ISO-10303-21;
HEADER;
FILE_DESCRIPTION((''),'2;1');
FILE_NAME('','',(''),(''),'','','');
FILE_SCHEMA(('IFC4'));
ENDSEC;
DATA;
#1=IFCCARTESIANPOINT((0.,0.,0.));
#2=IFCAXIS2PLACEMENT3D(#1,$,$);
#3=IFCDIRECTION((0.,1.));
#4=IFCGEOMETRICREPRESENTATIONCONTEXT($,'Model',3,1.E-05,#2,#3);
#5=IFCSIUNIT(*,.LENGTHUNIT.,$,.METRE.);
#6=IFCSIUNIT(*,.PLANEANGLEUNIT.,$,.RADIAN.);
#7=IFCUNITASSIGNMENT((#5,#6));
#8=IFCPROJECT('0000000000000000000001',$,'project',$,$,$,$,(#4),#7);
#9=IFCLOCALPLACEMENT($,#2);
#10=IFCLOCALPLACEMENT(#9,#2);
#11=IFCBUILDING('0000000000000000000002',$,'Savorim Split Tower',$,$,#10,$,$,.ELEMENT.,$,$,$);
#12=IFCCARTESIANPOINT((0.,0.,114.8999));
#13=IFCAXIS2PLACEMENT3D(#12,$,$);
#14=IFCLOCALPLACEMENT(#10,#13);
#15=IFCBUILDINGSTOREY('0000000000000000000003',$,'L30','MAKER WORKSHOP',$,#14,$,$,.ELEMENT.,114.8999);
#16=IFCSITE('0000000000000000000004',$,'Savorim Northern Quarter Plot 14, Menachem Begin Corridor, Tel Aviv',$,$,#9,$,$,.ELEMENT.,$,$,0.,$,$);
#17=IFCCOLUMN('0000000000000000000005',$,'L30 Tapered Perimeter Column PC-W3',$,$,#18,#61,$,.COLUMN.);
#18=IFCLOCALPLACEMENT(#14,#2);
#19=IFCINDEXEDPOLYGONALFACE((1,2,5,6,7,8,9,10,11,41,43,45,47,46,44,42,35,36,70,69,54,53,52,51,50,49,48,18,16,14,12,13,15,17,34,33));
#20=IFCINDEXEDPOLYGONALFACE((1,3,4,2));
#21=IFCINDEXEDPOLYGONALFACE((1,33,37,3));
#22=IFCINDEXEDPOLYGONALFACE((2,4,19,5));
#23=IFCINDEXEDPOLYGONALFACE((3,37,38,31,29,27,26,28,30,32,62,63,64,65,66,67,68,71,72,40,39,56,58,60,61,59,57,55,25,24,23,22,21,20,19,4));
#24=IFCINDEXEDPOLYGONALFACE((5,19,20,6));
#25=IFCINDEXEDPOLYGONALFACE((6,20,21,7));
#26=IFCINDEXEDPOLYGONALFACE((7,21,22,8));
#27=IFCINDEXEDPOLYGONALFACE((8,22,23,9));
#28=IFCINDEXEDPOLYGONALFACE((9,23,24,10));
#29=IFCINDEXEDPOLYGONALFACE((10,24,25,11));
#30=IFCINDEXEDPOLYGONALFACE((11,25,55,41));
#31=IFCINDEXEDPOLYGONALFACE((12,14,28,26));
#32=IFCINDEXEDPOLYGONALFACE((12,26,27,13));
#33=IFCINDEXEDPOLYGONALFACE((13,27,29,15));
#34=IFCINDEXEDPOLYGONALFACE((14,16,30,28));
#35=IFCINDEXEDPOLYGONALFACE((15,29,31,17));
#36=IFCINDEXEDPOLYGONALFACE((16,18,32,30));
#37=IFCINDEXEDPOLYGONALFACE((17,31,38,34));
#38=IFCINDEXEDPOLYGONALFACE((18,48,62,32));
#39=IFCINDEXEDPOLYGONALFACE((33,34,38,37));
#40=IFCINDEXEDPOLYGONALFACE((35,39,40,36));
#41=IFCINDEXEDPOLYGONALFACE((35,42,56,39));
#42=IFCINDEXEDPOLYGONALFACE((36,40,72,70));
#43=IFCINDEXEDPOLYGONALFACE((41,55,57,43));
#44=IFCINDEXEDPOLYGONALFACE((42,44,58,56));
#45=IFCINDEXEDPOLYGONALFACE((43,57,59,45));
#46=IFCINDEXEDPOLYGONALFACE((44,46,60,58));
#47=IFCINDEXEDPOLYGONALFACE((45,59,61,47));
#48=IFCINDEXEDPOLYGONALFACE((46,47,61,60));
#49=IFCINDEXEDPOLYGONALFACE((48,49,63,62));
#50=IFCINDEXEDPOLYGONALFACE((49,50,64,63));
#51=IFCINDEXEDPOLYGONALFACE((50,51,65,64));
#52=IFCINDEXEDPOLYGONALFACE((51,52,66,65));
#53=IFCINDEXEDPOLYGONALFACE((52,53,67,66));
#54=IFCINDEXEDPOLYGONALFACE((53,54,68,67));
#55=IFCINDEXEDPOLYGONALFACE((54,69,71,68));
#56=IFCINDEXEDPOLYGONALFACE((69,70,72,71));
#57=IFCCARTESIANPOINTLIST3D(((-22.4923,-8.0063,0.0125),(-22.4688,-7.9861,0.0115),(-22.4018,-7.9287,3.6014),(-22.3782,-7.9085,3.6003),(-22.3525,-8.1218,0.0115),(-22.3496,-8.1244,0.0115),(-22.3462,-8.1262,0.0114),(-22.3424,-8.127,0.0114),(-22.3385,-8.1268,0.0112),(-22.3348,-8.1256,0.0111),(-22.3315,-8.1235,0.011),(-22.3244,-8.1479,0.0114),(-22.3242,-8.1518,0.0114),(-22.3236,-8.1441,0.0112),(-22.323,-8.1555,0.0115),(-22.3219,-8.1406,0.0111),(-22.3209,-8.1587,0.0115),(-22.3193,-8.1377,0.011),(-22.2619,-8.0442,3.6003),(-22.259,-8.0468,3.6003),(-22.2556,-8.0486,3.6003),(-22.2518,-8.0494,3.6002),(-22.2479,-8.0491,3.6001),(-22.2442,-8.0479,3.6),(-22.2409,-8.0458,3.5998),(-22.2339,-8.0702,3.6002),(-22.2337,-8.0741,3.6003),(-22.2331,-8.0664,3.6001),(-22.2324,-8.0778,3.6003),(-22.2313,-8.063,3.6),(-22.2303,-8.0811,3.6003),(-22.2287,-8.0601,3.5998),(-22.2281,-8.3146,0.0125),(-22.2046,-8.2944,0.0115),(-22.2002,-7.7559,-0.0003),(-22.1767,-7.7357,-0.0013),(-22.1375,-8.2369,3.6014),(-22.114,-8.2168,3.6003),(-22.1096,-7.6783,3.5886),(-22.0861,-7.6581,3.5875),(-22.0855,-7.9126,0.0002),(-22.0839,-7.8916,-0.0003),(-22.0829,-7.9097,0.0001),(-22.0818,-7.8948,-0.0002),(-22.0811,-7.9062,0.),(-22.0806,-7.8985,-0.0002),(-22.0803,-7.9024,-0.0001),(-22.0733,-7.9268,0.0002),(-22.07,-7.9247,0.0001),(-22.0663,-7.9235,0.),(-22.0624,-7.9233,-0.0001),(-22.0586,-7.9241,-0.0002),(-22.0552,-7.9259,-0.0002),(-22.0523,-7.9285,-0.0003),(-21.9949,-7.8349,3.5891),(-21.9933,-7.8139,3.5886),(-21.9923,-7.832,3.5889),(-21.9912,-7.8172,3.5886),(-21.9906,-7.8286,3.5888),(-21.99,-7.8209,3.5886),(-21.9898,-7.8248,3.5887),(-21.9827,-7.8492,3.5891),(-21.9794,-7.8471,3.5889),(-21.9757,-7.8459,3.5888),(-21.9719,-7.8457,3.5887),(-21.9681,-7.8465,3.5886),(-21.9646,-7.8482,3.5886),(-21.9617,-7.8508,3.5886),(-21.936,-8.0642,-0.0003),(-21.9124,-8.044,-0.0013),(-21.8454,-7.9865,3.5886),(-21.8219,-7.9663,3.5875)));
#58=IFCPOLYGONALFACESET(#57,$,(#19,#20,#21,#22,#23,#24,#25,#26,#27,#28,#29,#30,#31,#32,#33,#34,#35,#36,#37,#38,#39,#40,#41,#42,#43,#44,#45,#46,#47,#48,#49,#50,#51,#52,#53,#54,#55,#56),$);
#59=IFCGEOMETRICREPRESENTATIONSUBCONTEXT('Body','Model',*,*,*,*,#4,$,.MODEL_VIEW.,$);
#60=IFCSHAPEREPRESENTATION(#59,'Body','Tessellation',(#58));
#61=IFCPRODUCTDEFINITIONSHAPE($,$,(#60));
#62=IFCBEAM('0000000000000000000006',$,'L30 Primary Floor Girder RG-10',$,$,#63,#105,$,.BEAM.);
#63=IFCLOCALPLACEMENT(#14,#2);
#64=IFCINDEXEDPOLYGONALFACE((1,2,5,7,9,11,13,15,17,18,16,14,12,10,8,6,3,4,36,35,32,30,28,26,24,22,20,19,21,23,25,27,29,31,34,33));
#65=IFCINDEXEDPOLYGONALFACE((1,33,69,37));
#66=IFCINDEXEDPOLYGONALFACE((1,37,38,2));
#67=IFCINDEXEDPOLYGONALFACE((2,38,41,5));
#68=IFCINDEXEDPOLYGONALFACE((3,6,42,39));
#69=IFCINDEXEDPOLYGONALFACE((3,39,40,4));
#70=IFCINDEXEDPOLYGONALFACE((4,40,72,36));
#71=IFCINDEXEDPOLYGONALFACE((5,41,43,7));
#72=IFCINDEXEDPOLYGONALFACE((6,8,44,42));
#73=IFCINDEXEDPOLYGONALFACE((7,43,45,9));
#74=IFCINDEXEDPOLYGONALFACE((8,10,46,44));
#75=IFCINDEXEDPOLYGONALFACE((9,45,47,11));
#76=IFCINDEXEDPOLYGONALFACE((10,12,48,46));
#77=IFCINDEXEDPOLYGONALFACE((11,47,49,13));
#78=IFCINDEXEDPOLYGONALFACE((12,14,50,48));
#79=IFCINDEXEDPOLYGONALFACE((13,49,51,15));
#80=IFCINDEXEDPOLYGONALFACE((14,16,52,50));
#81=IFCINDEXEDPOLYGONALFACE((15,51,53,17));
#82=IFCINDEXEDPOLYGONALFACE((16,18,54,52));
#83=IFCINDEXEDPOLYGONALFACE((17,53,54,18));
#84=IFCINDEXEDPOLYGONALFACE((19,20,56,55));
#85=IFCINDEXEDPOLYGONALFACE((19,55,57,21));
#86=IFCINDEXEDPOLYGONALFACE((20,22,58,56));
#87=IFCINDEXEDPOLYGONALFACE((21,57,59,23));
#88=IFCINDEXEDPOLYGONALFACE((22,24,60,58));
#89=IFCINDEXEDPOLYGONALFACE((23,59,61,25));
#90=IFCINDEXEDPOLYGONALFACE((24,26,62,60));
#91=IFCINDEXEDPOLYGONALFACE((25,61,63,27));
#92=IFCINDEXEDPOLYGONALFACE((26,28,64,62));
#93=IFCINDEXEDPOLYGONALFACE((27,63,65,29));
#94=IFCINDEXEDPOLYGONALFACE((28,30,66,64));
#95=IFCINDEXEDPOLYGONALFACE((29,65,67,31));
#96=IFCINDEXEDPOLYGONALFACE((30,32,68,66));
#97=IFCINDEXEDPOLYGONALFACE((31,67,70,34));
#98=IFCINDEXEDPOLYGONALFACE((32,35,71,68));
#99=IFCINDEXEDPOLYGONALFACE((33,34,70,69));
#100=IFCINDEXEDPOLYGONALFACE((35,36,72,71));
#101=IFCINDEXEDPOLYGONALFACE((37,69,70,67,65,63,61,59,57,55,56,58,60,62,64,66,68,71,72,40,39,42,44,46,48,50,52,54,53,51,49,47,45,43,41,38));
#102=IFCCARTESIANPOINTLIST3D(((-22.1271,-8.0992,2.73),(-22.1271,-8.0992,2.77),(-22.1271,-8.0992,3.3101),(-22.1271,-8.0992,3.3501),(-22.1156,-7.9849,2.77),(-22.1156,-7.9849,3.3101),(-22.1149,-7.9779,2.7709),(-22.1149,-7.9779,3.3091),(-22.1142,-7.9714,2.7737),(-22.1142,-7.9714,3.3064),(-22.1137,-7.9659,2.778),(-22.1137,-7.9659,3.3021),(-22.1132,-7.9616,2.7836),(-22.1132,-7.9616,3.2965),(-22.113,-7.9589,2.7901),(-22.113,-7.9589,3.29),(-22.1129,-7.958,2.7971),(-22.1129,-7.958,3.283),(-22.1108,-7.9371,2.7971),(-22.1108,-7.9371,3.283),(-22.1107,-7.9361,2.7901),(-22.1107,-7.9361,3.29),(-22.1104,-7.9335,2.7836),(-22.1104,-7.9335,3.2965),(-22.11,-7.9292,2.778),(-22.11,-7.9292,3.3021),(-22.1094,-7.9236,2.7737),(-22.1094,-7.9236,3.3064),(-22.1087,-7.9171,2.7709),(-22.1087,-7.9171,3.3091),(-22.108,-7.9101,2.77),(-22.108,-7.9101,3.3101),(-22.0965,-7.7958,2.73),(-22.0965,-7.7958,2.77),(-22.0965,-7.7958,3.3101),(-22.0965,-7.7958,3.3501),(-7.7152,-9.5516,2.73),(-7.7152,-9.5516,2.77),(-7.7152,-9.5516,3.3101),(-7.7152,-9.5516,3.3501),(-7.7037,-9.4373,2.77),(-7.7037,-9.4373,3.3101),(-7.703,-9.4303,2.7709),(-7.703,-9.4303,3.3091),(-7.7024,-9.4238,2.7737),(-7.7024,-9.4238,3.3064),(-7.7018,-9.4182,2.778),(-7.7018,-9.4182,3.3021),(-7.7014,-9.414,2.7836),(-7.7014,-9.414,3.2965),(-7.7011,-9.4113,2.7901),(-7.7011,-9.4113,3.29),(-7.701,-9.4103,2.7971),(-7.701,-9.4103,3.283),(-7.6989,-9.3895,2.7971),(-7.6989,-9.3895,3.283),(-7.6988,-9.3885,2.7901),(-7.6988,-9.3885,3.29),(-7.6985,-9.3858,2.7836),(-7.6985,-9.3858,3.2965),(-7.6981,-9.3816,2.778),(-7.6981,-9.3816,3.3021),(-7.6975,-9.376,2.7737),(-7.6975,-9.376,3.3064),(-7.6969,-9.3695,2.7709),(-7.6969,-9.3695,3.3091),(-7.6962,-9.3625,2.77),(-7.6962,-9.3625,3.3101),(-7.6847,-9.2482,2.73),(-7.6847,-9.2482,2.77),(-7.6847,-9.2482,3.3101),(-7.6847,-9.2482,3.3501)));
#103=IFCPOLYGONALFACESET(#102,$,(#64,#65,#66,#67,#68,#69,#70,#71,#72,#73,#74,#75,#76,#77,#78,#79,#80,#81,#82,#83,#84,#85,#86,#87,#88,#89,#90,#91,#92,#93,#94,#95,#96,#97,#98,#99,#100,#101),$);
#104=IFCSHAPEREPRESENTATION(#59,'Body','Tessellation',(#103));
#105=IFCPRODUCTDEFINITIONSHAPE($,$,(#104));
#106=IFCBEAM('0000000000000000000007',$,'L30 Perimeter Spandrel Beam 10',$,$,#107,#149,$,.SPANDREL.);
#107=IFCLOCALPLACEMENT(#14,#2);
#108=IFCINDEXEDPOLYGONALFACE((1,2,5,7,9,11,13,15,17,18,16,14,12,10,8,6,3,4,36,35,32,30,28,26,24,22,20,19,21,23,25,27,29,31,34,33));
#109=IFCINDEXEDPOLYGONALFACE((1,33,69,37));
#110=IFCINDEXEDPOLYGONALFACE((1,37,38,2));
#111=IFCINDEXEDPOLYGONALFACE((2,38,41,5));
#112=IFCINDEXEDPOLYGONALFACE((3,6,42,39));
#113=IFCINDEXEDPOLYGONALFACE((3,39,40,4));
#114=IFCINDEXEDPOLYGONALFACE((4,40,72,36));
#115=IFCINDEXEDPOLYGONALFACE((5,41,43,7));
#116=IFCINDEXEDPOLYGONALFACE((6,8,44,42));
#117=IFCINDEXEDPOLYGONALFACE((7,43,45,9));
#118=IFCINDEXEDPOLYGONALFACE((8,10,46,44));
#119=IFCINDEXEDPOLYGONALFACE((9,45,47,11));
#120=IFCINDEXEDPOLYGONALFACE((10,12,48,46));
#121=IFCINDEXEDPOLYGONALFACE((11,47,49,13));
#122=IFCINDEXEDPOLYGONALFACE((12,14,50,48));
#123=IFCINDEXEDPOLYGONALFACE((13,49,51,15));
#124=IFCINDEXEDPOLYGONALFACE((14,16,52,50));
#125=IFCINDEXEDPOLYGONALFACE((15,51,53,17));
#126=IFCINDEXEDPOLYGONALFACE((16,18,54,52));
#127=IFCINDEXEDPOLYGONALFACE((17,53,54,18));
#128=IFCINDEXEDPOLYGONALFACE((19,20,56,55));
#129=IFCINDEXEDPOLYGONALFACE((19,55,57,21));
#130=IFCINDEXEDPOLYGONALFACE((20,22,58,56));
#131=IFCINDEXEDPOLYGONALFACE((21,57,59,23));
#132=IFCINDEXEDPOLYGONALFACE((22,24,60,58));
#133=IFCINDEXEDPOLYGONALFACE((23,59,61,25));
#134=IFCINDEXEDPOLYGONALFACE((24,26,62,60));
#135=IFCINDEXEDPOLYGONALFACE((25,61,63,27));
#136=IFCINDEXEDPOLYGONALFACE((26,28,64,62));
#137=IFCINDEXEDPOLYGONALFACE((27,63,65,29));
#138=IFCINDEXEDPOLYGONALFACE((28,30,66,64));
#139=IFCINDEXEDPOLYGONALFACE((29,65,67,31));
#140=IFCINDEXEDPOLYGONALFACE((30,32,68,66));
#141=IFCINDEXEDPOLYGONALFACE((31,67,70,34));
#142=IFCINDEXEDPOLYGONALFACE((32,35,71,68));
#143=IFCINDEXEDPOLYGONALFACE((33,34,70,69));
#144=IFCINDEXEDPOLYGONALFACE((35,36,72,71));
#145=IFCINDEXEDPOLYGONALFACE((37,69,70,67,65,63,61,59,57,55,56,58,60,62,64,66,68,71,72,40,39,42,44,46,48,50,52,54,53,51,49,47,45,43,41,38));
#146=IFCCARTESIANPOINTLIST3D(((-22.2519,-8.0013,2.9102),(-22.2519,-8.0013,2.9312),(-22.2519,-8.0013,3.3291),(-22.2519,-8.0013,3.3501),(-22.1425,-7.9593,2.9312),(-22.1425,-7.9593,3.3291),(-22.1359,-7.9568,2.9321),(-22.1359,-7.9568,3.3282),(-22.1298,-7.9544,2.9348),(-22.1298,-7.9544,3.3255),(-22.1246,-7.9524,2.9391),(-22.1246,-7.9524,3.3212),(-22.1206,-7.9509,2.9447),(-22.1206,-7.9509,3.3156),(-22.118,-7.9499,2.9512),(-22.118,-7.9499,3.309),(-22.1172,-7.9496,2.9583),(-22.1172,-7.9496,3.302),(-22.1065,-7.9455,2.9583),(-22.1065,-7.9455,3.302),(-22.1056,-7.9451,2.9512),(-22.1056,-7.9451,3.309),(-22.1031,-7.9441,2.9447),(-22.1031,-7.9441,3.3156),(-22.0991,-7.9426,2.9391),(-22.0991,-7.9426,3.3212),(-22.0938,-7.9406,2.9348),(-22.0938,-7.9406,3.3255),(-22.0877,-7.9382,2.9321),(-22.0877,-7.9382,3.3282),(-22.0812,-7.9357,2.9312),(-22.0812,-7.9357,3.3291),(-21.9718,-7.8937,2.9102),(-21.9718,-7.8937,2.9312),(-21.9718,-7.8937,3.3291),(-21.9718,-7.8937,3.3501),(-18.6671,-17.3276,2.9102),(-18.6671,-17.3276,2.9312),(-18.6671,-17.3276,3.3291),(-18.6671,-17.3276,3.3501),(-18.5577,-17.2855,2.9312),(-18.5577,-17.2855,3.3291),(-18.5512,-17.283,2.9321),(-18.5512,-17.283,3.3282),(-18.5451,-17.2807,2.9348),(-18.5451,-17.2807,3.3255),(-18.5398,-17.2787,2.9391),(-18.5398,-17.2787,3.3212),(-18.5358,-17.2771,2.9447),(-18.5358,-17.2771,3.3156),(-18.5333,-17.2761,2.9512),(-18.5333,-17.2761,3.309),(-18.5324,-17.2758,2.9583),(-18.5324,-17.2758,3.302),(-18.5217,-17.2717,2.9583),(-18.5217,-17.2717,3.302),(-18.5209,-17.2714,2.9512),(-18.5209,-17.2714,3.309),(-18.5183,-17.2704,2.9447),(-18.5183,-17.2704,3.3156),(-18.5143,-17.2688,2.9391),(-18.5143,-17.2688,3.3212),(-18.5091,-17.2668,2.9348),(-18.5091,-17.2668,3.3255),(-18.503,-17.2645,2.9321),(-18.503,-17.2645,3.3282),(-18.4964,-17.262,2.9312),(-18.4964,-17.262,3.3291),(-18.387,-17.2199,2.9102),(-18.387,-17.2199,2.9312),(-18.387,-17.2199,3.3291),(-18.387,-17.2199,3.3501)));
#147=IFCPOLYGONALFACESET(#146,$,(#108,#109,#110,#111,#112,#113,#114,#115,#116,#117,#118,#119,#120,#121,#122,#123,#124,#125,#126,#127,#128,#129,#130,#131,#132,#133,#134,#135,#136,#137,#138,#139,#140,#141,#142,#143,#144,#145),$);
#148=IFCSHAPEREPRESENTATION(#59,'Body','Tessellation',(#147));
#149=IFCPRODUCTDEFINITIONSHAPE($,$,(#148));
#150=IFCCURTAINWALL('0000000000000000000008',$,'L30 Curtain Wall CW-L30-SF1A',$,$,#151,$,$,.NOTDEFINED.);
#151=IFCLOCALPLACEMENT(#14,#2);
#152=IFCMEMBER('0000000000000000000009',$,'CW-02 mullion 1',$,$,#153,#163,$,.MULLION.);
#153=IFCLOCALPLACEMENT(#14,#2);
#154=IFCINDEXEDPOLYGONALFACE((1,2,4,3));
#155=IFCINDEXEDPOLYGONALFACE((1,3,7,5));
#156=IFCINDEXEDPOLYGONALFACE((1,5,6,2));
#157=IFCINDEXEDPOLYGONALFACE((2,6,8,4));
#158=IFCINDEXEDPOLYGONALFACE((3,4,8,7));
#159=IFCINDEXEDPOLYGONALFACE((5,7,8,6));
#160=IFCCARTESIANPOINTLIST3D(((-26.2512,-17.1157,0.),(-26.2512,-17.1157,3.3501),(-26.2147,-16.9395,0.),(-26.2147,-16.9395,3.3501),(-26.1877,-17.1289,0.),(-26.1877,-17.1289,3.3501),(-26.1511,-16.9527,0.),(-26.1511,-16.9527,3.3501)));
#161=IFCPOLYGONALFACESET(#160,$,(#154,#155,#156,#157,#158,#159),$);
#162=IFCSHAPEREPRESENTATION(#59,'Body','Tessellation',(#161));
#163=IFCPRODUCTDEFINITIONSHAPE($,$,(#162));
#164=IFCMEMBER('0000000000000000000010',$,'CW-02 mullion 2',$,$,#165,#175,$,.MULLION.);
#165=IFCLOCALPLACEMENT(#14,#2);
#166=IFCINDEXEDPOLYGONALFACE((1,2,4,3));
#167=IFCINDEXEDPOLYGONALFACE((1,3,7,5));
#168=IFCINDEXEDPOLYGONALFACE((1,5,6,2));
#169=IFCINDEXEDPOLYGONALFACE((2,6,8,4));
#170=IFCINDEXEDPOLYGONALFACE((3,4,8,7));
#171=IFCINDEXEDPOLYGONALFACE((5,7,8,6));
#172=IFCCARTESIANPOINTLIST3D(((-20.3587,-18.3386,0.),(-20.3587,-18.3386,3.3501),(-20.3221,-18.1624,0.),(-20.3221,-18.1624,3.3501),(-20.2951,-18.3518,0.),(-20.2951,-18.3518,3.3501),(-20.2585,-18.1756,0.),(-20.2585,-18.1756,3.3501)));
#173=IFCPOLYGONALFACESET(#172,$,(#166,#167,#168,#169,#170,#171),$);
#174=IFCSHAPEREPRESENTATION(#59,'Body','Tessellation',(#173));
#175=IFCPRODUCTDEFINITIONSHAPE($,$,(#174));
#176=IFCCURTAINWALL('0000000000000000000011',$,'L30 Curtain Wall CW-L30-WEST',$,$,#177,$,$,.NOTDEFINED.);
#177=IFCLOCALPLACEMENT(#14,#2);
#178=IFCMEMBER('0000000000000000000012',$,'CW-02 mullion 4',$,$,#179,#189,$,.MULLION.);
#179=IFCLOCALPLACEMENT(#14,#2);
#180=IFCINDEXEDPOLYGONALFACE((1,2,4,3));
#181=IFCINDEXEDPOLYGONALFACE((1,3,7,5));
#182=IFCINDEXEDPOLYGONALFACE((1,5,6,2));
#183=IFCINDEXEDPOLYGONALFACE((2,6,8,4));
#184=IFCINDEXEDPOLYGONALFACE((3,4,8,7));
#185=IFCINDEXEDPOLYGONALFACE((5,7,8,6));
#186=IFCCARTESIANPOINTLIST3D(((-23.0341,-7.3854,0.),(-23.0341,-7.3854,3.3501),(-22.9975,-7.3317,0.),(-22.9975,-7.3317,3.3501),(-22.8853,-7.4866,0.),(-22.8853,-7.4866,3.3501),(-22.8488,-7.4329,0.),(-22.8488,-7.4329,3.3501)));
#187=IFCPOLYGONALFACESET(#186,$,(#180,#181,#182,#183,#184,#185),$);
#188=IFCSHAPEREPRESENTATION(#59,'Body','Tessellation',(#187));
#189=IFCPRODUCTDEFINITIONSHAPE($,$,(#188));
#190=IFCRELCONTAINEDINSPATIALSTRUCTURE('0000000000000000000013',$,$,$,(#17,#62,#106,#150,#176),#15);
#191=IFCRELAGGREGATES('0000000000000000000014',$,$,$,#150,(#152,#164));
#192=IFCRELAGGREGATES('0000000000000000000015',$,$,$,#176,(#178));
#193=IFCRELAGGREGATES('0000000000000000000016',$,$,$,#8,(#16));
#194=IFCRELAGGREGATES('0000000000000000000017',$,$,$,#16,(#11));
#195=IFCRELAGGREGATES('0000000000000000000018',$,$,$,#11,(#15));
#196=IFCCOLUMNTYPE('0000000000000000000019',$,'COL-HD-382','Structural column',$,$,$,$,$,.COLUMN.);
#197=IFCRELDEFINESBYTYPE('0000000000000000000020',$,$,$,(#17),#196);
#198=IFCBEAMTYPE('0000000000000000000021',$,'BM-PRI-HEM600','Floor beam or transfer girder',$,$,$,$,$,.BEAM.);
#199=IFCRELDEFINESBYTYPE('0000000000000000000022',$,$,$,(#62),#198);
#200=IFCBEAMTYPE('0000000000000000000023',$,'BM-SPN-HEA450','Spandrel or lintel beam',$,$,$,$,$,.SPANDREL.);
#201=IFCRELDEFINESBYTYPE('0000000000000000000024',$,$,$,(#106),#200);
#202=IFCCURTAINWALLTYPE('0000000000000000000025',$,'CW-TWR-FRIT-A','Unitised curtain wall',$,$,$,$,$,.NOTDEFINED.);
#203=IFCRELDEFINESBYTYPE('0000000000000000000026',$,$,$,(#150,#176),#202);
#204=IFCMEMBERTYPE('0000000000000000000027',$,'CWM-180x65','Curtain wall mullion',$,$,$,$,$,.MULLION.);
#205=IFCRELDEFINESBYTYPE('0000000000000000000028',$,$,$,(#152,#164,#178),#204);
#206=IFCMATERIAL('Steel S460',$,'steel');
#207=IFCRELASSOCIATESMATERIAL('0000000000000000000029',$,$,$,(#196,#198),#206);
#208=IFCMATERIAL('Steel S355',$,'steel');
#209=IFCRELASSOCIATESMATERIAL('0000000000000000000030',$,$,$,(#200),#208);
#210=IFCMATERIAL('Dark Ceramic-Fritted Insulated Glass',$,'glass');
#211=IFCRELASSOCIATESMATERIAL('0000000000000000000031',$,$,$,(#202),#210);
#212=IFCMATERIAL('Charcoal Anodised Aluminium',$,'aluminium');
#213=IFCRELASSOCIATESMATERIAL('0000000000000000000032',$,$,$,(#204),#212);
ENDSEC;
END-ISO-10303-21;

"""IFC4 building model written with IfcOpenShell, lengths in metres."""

from ifc_helpers import new_model, si_unit, direction, frame, origin, origin_2d, place, context, subcontext, project, spatial, rectangle, i_section, extrude, material, material_profile, profile_set, type_object, element, aggregate, save


model = new_model("IFC4")

# Units and contexts
model_context = context("Model", 3, precision=1e-05, world=origin(), true_north=direction((0.0, 1.0)))
body_context = subcontext(model_context, "Body", "Model", "MODEL_VIEW")
ifc_project = project(units=[si_unit("LENGTHUNIT", "METRE"), si_unit("PLANEANGLEUNIT", "RADIAN")], contexts=[model_context])

# Site, building, storey
site_placement = place(None, origin())
site = spatial("IfcSite", under=ifc_project, at=site_placement, Name="Savorim Northern Quarter Plot 14, Menachem Begin Corridor, Tel Aviv", CompositionType="ELEMENT", RefElevation=0.0)
building_placement = place(site_placement, origin())
building = spatial("IfcBuilding", under=site, at=building_placement, Name="Savorim Split Tower", CompositionType="ELEMENT")
storey_placement = place(building_placement, frame((0.0, 0.0, 114.8999)))
storey = spatial("IfcBuildingStorey", under=building, at=storey_placement, Name="L30", Description="MAKER WORKSHOP", CompositionType="ELEMENT", Elevation=114.8999)

# Column
ifc_material_1 = material(Name="Steel S460", Category="steel")
ifc_material_profile_1 = material_profile(ifc_material_1, i_section(OverallWidth=0.406, OverallDepth=0.416, WebThickness=0.0188, FlangeThickness=0.031, FilletRadius=0.0149, at=origin_2d()), Name="HD 400x382")
ifc_profile_set_1 = profile_set([ifc_material_profile_1], Name="Steel S460")
column_type = type_object("IfcColumnType", Name="COL-HD-382", Description="Structural column", PredefinedType="COLUMN", material=ifc_profile_set_1)
column_placement = place(storey_placement, frame((-22.2024, -8.0251, 0.0056), z_axis=(0.025224, 0.021621, 0.999448), x_axis=(-0.650791, 0.759257, 0.0)))
element("IfcColumn", 1, at=column_placement, inside=storey, type_object=column_type, Name="L30 Tapered Perimeter Column PC-W3", PredefinedType="COLUMN", context=body_context, shape_type="SweptSolid", body=[
    extrude(i_section(OverallWidth=0.406, OverallDepth=0.416, WebThickness=0.0188, FlangeThickness=0.031, FilletRadius=0.0149, at=origin_2d()), origin(), (0.0, 0.0, 1.0), 3.5908),
])

# Beams
ifc_material_profile_2 = material_profile(ifc_material_1, i_section(OverallWidth=0.3049, OverallDepth=0.6201, WebThickness=0.021, FlangeThickness=0.04, FilletRadius=0.0271, at=origin_2d()), Name="HE 600 M")
ifc_profile_set_2 = profile_set([ifc_material_profile_2], Name="Steel S460")
beam_type_1 = type_object("IfcBeamType", Name="BM-PRI-HEM600", Description="Floor beam or transfer girder", PredefinedType="BEAM", material=ifc_profile_set_2)
beam_1_placement = place(storey_placement, frame((-22.1118, -7.9475, 3.04), z_axis=(0.99496, -0.10027, 0.0), x_axis=(0.10027, 0.99496, 0.0)))
element("IfcBeam", 2, at=beam_1_placement, inside=storey, type_object=beam_type_1, Name="L30 Primary Floor Girder RG-10", PredefinedType="BEAM", context=body_context, shape_type="SweptSolid", body=[
    extrude(i_section(OverallWidth=0.3049, OverallDepth=0.6201, WebThickness=0.021, FlangeThickness=0.04, FilletRadius=0.0271, at=origin_2d()), origin(), (0.0, 0.0, 1.0), 14.4849),
])
ifc_material_2 = material(Name="Steel S355", Category="steel")
ifc_material_profile_3 = material_profile(ifc_material_2, i_section(OverallWidth=0.3, OverallDepth=0.4399, WebThickness=0.0115, FlangeThickness=0.021, FilletRadius=0.0271, at=origin_2d()), Name="HEA 450")
ifc_profile_set_3 = profile_set([ifc_material_profile_3], Name="Steel S355")
beam_type_2 = type_object("IfcBeamType", Name="BM-SPN-HEA450", Description="Spandrel or lintel beam", PredefinedType="SPANDREL", material=ifc_profile_set_3)
beam_2_placement = place(storey_placement, frame((-22.1118, -7.9475, 3.1301), z_axis=(0.358781, -0.933422, 0.0), x_axis=(0.933422, 0.358781, 0.0)))
element("IfcBeam", 3, at=beam_2_placement, inside=storey, type_object=beam_type_2, Name="L30 Perimeter Spandrel Beam 10", PredefinedType="SPANDREL", context=body_context, shape_type="SweptSolid", body=[
    extrude(i_section(OverallWidth=0.3, OverallDepth=0.4399, WebThickness=0.0115, FlangeThickness=0.021, FilletRadius=0.0271, at=origin_2d()), origin(), (0.0, 0.0, 1.0), 9.9915),
])

# Curtain walls, members
ifc_material_3 = material(Name="Dark Ceramic-Fritted Insulated Glass", Category="glass")
curtain_wall_type = type_object("IfcCurtainWallType", Name="CW-TWR-FRIT-A", Description="Unitised curtain wall", PredefinedType="NOTDEFINED", material=ifc_material_3)
curtain_wall_1_placement = place(storey_placement, origin())
curtain_wall_1 = element("IfcCurtainWall", 4, at=curtain_wall_1_placement, inside=storey, type_object=curtain_wall_type, Name="L30 Curtain Wall CW-L30-SF1A", PredefinedType="NOTDEFINED")
ifc_material_4 = material(Name="Charcoal Anodised Aluminium", Category="aluminium")
ifc_material_profile_4 = material_profile(ifc_material_4, rectangle(XDim=0.1799, YDim=0.0649, at=origin_2d()), Name="ALU-M 180x65")
ifc_profile_set_4 = profile_set([ifc_material_profile_4], Name="Charcoal Anodised Aluminium")
member_type_1 = type_object("IfcMemberType", Name="CWM-180x65", Description="Curtain wall mullion", PredefinedType="MULLION", material=ifc_profile_set_4)
member_1_placement = place(storey_placement, frame((-26.2012, -17.0342, 0.0), z_axis=(0.0, 0.0, 1.0), x_axis=(0.203216, 0.979134, 0.0)))
member_1 = element("IfcMember", 5, at=member_1_placement, type_object=member_type_1, Name="CW-02 mullion 1", PredefinedType="MULLION", context=body_context, shape_type="SweptSolid", body=[
    extrude(rectangle(XDim=0.1799, YDim=0.0649, at=origin_2d()), origin(), (0.0, 0.0, 1.0), 3.3501),
])
member_2_placement = place(storey_placement, frame((-20.3086, -18.2571, 0.0), z_axis=(0.0, 0.0, 1.0), x_axis=(0.203216, 0.979134, 0.0)))
member_2 = element("IfcMember", 6, at=member_2_placement, type_object=member_type_1, Name="CW-02 mullion 2", PredefinedType="MULLION", context=body_context, shape_type="SweptSolid", body=[
    extrude(rectangle(XDim=0.1799, YDim=0.0649, at=origin_2d()), origin(), (0.0, 0.0, 1.0), 3.3501),
])
curtain_wall_2_placement = place(storey_placement, origin())
curtain_wall_2 = element("IfcCurtainWall", 7, at=curtain_wall_2_placement, inside=storey, type_object=curtain_wall_type, Name="L30 Curtain Wall CW-L30-WEST", PredefinedType="NOTDEFINED")
member_3_placement = place(storey_placement, frame((-22.9414, -7.4092, 0.0), z_axis=(0.0, 0.0, 1.0), x_axis=(0.82682, -0.562467, 0.0)))
member_3 = element("IfcMember", 8, at=member_3_placement, type_object=member_type_1, Name="CW-02 mullion 4", PredefinedType="MULLION", context=body_context, shape_type="SweptSolid", body=[
    extrude(rectangle(XDim=0.1799, YDim=0.0649, at=origin_2d()), origin(), (0.0, 0.0, 1.0), 3.3501),
])

aggregate(curtain_wall_1, [member_1, member_2])
aggregate(curtain_wall_2, [member_3])

save(model, "model.ifc")
